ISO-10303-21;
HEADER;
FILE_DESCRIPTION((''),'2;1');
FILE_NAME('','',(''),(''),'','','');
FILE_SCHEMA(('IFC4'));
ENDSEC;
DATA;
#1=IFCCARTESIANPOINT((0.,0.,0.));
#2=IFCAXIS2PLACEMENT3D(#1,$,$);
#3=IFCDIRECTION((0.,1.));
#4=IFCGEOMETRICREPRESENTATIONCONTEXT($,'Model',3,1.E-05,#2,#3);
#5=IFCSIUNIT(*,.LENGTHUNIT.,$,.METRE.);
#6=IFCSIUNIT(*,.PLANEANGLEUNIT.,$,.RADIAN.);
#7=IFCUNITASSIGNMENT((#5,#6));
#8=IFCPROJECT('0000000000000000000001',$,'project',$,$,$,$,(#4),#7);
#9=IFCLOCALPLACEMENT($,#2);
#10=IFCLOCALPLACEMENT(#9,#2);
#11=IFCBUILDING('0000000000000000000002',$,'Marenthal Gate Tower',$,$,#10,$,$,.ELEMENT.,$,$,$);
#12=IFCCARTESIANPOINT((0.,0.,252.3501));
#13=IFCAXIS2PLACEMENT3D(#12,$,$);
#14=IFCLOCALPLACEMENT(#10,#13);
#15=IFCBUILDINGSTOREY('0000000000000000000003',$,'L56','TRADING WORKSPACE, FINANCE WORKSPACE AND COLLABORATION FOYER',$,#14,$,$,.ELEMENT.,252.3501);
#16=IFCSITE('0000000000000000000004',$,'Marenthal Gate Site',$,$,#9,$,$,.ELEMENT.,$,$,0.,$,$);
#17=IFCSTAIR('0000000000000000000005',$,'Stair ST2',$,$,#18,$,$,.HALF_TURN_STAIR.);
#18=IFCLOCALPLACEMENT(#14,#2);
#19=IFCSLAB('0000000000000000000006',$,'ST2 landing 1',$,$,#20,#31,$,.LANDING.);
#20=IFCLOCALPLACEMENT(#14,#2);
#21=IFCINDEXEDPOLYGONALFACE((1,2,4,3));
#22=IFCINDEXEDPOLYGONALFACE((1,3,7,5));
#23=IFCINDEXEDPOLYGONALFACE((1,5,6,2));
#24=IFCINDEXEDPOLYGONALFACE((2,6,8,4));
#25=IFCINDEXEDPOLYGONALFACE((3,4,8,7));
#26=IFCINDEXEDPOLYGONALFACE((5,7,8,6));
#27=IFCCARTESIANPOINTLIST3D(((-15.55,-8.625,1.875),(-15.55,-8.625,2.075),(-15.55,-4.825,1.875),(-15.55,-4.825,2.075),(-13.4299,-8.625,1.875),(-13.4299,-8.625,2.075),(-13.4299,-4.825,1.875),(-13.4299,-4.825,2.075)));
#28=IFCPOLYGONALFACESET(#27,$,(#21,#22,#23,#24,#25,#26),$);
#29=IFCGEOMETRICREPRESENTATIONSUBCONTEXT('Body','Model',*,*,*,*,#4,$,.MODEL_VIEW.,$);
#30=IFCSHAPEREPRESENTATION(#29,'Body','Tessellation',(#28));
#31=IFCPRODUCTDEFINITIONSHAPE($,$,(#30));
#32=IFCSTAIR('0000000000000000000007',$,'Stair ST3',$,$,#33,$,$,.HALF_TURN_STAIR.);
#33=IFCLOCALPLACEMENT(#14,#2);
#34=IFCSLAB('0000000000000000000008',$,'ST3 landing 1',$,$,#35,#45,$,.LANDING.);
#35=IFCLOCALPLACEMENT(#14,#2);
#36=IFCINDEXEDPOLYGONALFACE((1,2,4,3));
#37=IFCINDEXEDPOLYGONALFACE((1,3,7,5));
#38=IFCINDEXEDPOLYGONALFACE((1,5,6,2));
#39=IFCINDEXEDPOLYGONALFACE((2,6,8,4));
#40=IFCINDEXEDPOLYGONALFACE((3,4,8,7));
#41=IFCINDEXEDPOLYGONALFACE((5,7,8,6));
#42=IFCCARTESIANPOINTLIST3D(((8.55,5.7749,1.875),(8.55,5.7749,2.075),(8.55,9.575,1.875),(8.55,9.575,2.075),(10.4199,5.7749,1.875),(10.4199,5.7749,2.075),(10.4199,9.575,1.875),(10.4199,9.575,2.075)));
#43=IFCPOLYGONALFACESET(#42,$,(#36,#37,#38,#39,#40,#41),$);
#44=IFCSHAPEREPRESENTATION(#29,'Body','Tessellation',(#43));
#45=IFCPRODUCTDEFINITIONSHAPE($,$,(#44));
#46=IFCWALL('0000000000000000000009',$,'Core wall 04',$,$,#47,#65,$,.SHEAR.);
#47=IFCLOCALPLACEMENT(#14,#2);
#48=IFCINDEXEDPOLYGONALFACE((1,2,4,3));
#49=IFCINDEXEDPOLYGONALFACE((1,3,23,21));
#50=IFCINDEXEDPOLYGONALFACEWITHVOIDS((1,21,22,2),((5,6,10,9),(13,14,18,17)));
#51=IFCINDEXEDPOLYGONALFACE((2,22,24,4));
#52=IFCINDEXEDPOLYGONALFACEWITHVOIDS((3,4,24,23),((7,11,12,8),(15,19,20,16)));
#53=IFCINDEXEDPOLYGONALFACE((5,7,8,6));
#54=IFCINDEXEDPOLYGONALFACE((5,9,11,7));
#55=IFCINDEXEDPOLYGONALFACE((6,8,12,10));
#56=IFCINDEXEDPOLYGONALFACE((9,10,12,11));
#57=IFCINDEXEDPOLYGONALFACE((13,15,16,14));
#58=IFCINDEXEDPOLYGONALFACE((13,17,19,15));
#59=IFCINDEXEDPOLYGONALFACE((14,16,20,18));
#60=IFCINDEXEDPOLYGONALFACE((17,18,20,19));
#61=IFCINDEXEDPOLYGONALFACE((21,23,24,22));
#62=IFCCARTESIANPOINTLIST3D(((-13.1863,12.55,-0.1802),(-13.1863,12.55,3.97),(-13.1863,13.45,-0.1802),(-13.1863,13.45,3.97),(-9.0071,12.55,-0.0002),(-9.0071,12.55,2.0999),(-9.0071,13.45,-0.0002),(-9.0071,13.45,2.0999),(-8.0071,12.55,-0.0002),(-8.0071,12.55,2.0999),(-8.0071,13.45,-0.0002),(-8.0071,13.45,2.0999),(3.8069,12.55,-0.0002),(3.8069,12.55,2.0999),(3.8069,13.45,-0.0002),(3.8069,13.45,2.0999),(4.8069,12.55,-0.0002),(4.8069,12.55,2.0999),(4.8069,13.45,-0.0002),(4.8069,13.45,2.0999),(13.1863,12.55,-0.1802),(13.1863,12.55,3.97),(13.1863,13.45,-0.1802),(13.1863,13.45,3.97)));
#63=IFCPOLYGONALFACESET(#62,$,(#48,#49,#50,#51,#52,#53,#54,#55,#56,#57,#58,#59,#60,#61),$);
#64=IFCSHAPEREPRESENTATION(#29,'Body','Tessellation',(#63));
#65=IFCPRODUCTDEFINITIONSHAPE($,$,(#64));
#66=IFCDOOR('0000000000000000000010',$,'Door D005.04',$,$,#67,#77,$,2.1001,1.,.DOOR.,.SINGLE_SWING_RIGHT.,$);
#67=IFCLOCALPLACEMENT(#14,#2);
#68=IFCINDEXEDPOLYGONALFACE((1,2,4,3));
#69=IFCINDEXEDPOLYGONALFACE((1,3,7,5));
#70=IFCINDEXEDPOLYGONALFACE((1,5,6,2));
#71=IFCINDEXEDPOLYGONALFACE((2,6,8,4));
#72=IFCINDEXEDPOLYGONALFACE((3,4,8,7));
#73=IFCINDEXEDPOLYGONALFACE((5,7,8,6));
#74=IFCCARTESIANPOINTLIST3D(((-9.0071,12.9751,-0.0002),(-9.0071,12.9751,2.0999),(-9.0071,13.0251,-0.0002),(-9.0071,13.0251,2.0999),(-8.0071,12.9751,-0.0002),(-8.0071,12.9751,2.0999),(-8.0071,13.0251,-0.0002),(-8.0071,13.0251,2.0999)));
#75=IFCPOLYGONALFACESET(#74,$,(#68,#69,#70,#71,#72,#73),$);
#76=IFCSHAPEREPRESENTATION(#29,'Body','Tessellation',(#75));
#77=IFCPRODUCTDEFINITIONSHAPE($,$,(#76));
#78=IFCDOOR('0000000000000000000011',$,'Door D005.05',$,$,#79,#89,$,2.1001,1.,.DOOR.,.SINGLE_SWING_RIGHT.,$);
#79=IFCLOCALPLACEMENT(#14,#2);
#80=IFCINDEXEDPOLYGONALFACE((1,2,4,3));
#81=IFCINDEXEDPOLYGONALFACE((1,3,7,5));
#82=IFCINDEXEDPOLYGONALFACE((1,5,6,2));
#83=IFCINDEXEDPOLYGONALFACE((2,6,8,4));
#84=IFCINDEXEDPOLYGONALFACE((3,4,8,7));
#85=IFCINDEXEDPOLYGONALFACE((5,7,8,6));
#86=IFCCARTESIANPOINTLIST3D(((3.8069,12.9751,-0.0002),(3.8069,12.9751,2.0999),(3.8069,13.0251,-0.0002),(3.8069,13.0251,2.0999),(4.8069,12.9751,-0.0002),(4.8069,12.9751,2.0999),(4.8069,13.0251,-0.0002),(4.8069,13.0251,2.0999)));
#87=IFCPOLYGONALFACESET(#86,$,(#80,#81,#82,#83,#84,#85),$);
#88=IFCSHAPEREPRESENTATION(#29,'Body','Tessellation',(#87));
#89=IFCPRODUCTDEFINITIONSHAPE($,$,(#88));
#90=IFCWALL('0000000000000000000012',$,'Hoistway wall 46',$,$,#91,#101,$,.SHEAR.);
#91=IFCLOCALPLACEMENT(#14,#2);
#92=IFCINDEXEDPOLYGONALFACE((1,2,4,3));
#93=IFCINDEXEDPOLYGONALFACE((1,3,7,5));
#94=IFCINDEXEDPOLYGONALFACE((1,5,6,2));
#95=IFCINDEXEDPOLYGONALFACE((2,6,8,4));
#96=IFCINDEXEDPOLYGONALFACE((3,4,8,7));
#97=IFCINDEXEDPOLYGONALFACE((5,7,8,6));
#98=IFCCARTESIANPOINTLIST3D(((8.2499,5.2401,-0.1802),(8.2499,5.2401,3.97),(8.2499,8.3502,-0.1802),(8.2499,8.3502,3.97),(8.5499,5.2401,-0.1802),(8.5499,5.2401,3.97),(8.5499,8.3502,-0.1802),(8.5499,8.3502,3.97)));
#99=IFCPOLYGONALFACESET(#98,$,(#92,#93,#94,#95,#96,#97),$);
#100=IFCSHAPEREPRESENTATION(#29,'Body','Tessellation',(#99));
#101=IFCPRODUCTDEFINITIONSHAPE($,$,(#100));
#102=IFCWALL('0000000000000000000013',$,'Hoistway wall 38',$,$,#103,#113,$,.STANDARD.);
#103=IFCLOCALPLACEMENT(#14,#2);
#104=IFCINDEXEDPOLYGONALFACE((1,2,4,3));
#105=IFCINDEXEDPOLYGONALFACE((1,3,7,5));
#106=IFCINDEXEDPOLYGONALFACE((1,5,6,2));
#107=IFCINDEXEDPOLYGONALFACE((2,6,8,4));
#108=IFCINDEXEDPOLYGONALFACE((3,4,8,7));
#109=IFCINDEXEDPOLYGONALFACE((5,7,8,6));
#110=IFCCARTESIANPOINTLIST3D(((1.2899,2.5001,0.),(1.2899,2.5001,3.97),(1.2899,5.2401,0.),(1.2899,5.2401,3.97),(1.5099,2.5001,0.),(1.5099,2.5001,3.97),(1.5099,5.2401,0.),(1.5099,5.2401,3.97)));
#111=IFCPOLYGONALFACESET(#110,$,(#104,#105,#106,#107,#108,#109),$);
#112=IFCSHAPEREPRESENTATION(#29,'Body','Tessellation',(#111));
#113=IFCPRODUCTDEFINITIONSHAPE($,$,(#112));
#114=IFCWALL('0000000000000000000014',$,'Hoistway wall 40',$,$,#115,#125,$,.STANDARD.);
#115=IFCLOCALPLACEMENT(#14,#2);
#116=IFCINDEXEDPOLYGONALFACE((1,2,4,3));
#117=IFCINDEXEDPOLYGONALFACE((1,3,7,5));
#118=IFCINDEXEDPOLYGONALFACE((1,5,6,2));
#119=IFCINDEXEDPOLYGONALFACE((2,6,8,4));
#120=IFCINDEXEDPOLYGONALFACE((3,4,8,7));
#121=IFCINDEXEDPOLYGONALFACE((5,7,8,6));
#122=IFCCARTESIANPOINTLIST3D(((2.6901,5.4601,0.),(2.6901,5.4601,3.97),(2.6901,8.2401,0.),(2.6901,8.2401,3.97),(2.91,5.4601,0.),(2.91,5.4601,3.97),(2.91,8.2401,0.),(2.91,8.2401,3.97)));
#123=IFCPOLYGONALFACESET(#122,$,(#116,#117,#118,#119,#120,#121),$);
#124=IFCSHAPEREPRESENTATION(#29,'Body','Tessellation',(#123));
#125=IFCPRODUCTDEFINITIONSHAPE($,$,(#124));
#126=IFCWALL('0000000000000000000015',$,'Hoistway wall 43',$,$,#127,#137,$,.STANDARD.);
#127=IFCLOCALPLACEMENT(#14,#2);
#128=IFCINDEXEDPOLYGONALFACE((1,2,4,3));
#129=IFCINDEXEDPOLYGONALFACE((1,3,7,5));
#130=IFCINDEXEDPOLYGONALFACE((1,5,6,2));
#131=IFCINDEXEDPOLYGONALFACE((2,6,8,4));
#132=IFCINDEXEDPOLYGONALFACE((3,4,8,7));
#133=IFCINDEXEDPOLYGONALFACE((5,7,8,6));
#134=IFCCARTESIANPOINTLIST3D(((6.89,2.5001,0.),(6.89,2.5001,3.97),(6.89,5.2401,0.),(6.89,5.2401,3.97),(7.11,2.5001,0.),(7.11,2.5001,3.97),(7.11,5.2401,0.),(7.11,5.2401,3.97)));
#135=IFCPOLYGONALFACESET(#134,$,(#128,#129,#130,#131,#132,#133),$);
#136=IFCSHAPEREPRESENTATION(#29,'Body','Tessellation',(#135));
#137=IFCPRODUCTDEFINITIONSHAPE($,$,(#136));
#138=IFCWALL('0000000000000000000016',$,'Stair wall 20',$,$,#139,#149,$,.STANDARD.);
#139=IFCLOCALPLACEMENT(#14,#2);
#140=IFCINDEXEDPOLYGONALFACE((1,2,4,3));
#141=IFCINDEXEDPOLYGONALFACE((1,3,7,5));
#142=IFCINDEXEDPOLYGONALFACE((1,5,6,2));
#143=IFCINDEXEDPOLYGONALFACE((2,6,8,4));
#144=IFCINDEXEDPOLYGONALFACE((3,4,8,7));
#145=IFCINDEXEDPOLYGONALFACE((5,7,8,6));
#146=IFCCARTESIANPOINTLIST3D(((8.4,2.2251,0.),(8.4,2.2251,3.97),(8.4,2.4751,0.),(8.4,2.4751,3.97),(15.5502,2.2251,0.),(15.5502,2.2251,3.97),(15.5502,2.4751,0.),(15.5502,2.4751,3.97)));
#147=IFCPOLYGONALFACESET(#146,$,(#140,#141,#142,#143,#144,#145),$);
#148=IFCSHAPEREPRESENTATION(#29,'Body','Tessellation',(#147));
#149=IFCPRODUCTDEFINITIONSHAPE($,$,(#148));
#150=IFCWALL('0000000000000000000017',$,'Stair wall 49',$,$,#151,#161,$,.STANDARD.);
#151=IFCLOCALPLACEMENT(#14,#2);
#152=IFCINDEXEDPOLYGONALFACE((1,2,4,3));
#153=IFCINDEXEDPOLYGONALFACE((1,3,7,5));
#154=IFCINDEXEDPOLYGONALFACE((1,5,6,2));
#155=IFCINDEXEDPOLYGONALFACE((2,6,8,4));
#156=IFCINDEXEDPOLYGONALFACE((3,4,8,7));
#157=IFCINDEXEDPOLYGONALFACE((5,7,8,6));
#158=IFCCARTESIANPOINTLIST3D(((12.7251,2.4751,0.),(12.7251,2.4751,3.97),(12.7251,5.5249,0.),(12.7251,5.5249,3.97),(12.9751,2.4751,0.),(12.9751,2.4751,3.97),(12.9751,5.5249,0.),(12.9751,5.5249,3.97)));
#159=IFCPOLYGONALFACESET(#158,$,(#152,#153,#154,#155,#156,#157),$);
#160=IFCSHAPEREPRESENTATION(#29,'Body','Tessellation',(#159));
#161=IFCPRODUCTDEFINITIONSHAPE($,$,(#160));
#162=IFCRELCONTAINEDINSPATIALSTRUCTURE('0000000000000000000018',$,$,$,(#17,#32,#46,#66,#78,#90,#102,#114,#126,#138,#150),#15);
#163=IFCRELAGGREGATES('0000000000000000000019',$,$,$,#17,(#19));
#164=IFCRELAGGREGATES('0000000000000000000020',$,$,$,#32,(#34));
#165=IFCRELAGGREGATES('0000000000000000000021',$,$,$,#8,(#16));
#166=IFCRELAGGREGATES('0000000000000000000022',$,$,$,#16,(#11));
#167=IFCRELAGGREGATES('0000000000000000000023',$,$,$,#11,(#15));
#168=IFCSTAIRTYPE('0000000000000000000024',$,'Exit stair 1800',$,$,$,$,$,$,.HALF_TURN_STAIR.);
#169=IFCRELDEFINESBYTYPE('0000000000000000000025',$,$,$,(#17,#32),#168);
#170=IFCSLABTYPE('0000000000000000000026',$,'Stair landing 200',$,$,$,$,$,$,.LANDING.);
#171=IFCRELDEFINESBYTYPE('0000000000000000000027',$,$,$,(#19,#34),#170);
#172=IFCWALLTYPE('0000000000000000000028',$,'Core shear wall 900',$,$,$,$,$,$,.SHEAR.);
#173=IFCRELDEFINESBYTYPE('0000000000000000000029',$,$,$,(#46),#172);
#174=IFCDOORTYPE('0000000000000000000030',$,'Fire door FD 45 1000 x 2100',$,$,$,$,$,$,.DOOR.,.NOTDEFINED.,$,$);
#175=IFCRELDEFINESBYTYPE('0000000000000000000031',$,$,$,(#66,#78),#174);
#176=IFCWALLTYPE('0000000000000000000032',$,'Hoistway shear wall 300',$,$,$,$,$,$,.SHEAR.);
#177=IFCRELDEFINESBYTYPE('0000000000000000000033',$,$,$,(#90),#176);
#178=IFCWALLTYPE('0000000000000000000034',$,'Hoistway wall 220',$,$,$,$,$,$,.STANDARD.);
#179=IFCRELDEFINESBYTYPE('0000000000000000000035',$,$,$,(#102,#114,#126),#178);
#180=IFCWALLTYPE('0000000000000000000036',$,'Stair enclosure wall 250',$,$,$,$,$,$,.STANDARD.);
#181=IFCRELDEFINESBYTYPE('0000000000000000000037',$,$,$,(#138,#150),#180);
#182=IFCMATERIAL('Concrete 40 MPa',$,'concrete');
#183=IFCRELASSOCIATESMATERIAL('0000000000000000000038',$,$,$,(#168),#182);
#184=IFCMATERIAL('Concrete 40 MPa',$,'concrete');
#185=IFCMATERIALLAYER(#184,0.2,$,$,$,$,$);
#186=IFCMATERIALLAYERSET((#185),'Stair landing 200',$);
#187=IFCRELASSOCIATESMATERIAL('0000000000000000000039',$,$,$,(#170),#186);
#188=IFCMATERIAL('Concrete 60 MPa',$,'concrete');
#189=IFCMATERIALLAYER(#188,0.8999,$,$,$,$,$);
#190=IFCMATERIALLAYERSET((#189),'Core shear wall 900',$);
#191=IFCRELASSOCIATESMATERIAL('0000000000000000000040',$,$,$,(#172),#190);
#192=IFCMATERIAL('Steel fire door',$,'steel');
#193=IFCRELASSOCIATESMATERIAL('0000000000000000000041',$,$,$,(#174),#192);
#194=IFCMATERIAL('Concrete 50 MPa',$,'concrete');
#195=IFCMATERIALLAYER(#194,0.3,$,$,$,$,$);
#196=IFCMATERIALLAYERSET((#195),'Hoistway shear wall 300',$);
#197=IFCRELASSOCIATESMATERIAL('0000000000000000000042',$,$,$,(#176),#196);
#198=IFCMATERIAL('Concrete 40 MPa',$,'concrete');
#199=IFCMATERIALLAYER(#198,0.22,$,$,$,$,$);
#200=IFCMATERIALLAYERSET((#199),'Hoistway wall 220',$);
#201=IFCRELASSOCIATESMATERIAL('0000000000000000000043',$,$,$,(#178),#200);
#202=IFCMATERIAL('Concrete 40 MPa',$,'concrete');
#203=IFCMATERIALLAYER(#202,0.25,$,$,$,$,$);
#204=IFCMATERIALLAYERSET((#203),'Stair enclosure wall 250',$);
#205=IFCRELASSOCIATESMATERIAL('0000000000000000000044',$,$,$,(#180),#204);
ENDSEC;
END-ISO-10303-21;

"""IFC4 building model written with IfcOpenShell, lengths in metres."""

from ifc_helpers import new_model, si_unit, direction, frame, frame_2d, origin, place, context, subcontext, project, spatial, polyline, rectangle, outline, extrude, material, layer, layer_set, type_object, element, fill, aggregate, save


model = new_model("IFC4")

# Units and contexts
model_context = context("Model", 3, precision=1e-05, world=origin(), true_north=direction((0.0, 1.0)))
body_context = subcontext(model_context, "Body", "Model", "MODEL_VIEW")
ifc_project = project(units=[si_unit("LENGTHUNIT", "METRE"), si_unit("PLANEANGLEUNIT", "RADIAN")], contexts=[model_context])

# Site, building, storey
site_placement = place(None, origin())
site = spatial("IfcSite", under=ifc_project, at=site_placement, Name="Marenthal Gate Site", CompositionType="ELEMENT", RefElevation=0.0)
building_placement = place(site_placement, origin())
building = spatial("IfcBuilding", under=site, at=building_placement, Name="Marenthal Gate Tower", CompositionType="ELEMENT")
storey_placement = place(building_placement, frame((0.0, 0.0, 252.3501)))
storey = spatial("IfcBuildingStorey", under=building, at=storey_placement, Name="L56", Description="TRADING WORKSPACE, FINANCE WORKSPACE AND COLLABORATION FOYER", CompositionType="ELEMENT", Elevation=252.3501)

# Stairs, slabs
ifc_material_1 = material(Name="Concrete 40 MPa", Category="concrete")
stair_type = type_object("IfcStairType", Name="Exit stair 1800", PredefinedType="HALF_TURN_STAIR", material=ifc_material_1)
stair_1_placement = place(storey_placement, origin())
stair_1 = element("IfcStair", 1, at=stair_1_placement, inside=storey, type_object=stair_type, Name="Stair ST2", PredefinedType="HALF_TURN_STAIR")
ifc_material_2 = material(Name="Concrete 40 MPa", Category="concrete")
ifc_layer_1 = layer(ifc_material_2, 0.2)
ifc_layer_set_1 = layer_set([ifc_layer_1], Name="Stair landing 200")
slab_type = type_object("IfcSlabType", Name="Stair landing 200", PredefinedType="LANDING", material=ifc_layer_set_1)
slab_1_placement = place(storey_placement, frame((0.0, 0.0, 1.875)))
slab_1 = element("IfcSlab", 2, at=slab_1_placement, type_object=slab_type, Name="ST2 landing 1", PredefinedType="LANDING", context=body_context, shape_type="SweptSolid", body=[
    extrude(outline(polyline([(-15.55, -8.625), (-13.4299, -8.625), (-13.4299, -4.825), (-15.55, -4.825), (-15.55, -8.625)])), origin(), (0.0, 0.0, 1.0), 0.2),
])
aggregate(stair_1, [slab_1])
stair_2_placement = place(storey_placement, origin())
stair_2 = element("IfcStair", 3, at=stair_2_placement, inside=storey, type_object=stair_type, Name="Stair ST3", PredefinedType="HALF_TURN_STAIR")
slab_2_placement = place(storey_placement, frame((0.0, 0.0, 1.875)))
slab_2 = element("IfcSlab", 4, at=slab_2_placement, type_object=slab_type, Name="ST3 landing 1", PredefinedType="LANDING", context=body_context, shape_type="SweptSolid", body=[
    extrude(outline(polyline([(8.55, 5.7749), (10.4199, 5.7749), (10.4199, 9.575), (8.55, 9.575), (8.55, 5.7749)])), origin(), (0.0, 0.0, 1.0), 0.2),
])

# Wall, openings, doors
ifc_material_3 = material(Name="Concrete 60 MPa", Category="concrete")
ifc_layer_2 = layer(ifc_material_3, 0.8999)
ifc_layer_set_2 = layer_set([ifc_layer_2], Name="Core shear wall 900")
wall_type_1 = type_object("IfcWallType", Name="Core shear wall 900", PredefinedType="SHEAR", material=ifc_layer_set_2)
wall_1_placement = place(storey_placement, frame((13.1863, 13.0, -0.1802), z_axis=(0.0, 0.0, 1.0), x_axis=(-1.0, 0.0, 0.0)))
wall_1 = element("IfcWall", 5, at=wall_1_placement, inside=storey, type_object=wall_type_1, Name="Core wall 04", PredefinedType="SHEAR", context=body_context, shape_type="SweptSolid", body=[
    extrude(rectangle(XDim=26.3726, YDim=0.8999, at=frame_2d((13.1863, 0.0))), origin(), (0.0, 0.0, 1.0), 4.1501),
])
opening_1_placement = place(wall_1_placement, frame((21.1934, 0.0, 0.1799)))
opening_1 = element("IfcOpeningElement", 6, at=opening_1_placement, cuts=wall_1, PredefinedType="OPENING", context=body_context, shape_type="SweptSolid", body=[
    extrude(rectangle(XDim=1.0, YDim=2.1001, at=frame_2d((0.5, 1.05))), frame((0.0, 0.46, 0.0), z_axis=(0.0, -1.0, 0.0), x_axis=(1.0, 0.0, 0.0)), (0.0, 0.0, 1.0), 0.9199),
])
opening_2_placement = place(wall_1_placement, frame((8.3794, 0.0, 0.1799)))
opening_2 = element("IfcOpeningElement", 7, at=opening_2_placement, cuts=wall_1, PredefinedType="OPENING", context=body_context, shape_type="SweptSolid", body=[
    extrude(rectangle(XDim=1.0, YDim=2.1001, at=frame_2d((0.5, 1.05))), frame((0.0, 0.46, 0.0), z_axis=(0.0, -1.0, 0.0), x_axis=(1.0, 0.0, 0.0)), (0.0, 0.0, 1.0), 0.9199),
])
ifc_material_4 = material(Name="Steel fire door", Category="steel")
door_type_1 = type_object("IfcDoorType", Name="Fire door FD 45 1000 x 2100", OperationType="NOTDEFINED", PredefinedType="DOOR", material=ifc_material_4)
door_1_placement = place(opening_1_placement, origin())
door_1 = element("IfcDoor", 8, at=door_1_placement, inside=storey, type_object=door_type_1, Name="Door D005.04", OperationType="SINGLE_SWING_RIGHT", OverallHeight=2.1001, OverallWidth=1.0, PredefinedType="DOOR", context=body_context, shape_type="SweptSolid", body=[
    extrude(rectangle(XDim=1.0, YDim=2.1001, at=frame_2d((0.5, 1.05))), frame((0.0, 0.0249, 0.0), z_axis=(0.0, -1.0, 0.0), x_axis=(1.0, 0.0, 0.0)), (0.0, 0.0, 1.0), 0.05),
])
fill(opening_1, door_1)
door_2_placement = place(opening_2_placement, origin())
door_2 = element("IfcDoor", 9, at=door_2_placement, inside=storey, type_object=door_type_1, Name="Door D005.05", OperationType="SINGLE_SWING_RIGHT", OverallHeight=2.1001, OverallWidth=1.0, PredefinedType="DOOR", context=body_context, shape_type="SweptSolid", body=[
    extrude(rectangle(XDim=1.0, YDim=2.1001, at=frame_2d((0.5, 1.05))), frame((0.0, 0.0249, 0.0), z_axis=(0.0, -1.0, 0.0), x_axis=(1.0, 0.0, 0.0)), (0.0, 0.0, 1.0), 0.05),
])
fill(opening_2, door_2)

# Walls
ifc_material_5 = material(Name="Concrete 50 MPa", Category="concrete")
ifc_layer_3 = layer(ifc_material_5, 0.3)
ifc_layer_set_3 = layer_set([ifc_layer_3], Name="Hoistway shear wall 300")
wall_type_2 = type_object("IfcWallType", Name="Hoistway shear wall 300", PredefinedType="SHEAR", material=ifc_layer_set_3)
wall_2_placement = place(storey_placement, frame((8.3999, 5.24, -0.1802), z_axis=(0.0, 0.0, 1.0), x_axis=(0.0, 1.0, 0.0)))
element("IfcWall", 10, at=wall_2_placement, inside=storey, type_object=wall_type_2, Name="Hoistway wall 46", PredefinedType="SHEAR", context=body_context, shape_type="SweptSolid", body=[
    extrude(rectangle(XDim=3.1101, YDim=0.3, at=frame_2d((1.5552, 0.0))), origin(), (0.0, 0.0, 1.0), 4.1501),
])
ifc_material_6 = material(Name="Concrete 40 MPa", Category="concrete")
ifc_layer_4 = layer(ifc_material_6, 0.22)
ifc_layer_set_4 = layer_set([ifc_layer_4], Name="Hoistway wall 220")
wall_type_3 = type_object("IfcWallType", Name="Hoistway wall 220", PredefinedType="STANDARD", material=ifc_layer_set_4)
wall_3_placement = place(storey_placement, frame((1.3999, 2.5, 0.0), z_axis=(0.0, 0.0, 1.0), x_axis=(0.0, 1.0, 0.0)))
element("IfcWall", 11, at=wall_3_placement, inside=storey, type_object=wall_type_3, Name="Hoistway wall 38", PredefinedType="STANDARD", context=body_context, shape_type="SweptSolid", body=[
    extrude(rectangle(XDim=2.74, YDim=0.22, at=frame_2d((1.3701, 0.0))), origin(), (0.0, 0.0, 1.0), 3.97),
])
wall_4_placement = place(storey_placement, frame((2.8, 5.46, 0.0), z_axis=(0.0, 0.0, 1.0), x_axis=(0.0, 1.0, 0.0)))
element("IfcWall", 12, at=wall_4_placement, inside=storey, type_object=wall_type_3, Name="Hoistway wall 40", PredefinedType="STANDARD", context=body_context, shape_type="SweptSolid", body=[
    extrude(rectangle(XDim=2.78, YDim=0.22, at=frame_2d((1.3901, 0.0))), origin(), (0.0, 0.0, 1.0), 3.97),
])
wall_5_placement = place(storey_placement, frame((7.0, 2.5, 0.0), z_axis=(0.0, 0.0, 1.0), x_axis=(0.0, 1.0, 0.0)))
element("IfcWall", 13, at=wall_5_placement, inside=storey, type_object=wall_type_3, Name="Hoistway wall 43", PredefinedType="STANDARD", context=body_context, shape_type="SweptSolid", body=[
    extrude(rectangle(XDim=2.74, YDim=0.22, at=frame_2d((1.3701, 0.0))), origin(), (0.0, 0.0, 1.0), 3.97),
])
ifc_material_7 = material(Name="Concrete 40 MPa", Category="concrete")
ifc_layer_5 = layer(ifc_material_7, 0.25)
ifc_layer_set_5 = layer_set([ifc_layer_5], Name="Stair enclosure wall 250")
wall_type_4 = type_object("IfcWallType", Name="Stair enclosure wall 250", PredefinedType="STANDARD", material=ifc_layer_set_5)
wall_6_placement = place(storey_placement, frame((8.3999, 2.3501, 0.0), z_axis=(0.0, 0.0, 1.0), x_axis=(1.0, 0.0, 0.0)))
element("IfcWall", 14, at=wall_6_placement, inside=storey, type_object=wall_type_4, Name="Stair wall 20", PredefinedType="STANDARD", context=body_context, shape_type="SweptSolid", body=[
    extrude(rectangle(XDim=7.1501, YDim=0.25, at=frame_2d((3.5752, 0.0))), origin(), (0.0, 0.0, 1.0), 3.97),
])
wall_7_placement = place(storey_placement, frame((12.8501, 2.4751, 0.0), z_axis=(0.0, 0.0, 1.0), x_axis=(0.0, 1.0, 0.0)))
element("IfcWall", 15, at=wall_7_placement, inside=storey, type_object=wall_type_4, Name="Stair wall 49", PredefinedType="STANDARD", context=body_context, shape_type="SweptSolid", body=[
    extrude(rectangle(XDim=3.0498, YDim=0.25, at=frame_2d((1.5249, 0.0))), origin(), (0.0, 0.0, 1.0), 3.97),
])

aggregate(stair_2, [slab_2])

save(model, "model.ifc")
